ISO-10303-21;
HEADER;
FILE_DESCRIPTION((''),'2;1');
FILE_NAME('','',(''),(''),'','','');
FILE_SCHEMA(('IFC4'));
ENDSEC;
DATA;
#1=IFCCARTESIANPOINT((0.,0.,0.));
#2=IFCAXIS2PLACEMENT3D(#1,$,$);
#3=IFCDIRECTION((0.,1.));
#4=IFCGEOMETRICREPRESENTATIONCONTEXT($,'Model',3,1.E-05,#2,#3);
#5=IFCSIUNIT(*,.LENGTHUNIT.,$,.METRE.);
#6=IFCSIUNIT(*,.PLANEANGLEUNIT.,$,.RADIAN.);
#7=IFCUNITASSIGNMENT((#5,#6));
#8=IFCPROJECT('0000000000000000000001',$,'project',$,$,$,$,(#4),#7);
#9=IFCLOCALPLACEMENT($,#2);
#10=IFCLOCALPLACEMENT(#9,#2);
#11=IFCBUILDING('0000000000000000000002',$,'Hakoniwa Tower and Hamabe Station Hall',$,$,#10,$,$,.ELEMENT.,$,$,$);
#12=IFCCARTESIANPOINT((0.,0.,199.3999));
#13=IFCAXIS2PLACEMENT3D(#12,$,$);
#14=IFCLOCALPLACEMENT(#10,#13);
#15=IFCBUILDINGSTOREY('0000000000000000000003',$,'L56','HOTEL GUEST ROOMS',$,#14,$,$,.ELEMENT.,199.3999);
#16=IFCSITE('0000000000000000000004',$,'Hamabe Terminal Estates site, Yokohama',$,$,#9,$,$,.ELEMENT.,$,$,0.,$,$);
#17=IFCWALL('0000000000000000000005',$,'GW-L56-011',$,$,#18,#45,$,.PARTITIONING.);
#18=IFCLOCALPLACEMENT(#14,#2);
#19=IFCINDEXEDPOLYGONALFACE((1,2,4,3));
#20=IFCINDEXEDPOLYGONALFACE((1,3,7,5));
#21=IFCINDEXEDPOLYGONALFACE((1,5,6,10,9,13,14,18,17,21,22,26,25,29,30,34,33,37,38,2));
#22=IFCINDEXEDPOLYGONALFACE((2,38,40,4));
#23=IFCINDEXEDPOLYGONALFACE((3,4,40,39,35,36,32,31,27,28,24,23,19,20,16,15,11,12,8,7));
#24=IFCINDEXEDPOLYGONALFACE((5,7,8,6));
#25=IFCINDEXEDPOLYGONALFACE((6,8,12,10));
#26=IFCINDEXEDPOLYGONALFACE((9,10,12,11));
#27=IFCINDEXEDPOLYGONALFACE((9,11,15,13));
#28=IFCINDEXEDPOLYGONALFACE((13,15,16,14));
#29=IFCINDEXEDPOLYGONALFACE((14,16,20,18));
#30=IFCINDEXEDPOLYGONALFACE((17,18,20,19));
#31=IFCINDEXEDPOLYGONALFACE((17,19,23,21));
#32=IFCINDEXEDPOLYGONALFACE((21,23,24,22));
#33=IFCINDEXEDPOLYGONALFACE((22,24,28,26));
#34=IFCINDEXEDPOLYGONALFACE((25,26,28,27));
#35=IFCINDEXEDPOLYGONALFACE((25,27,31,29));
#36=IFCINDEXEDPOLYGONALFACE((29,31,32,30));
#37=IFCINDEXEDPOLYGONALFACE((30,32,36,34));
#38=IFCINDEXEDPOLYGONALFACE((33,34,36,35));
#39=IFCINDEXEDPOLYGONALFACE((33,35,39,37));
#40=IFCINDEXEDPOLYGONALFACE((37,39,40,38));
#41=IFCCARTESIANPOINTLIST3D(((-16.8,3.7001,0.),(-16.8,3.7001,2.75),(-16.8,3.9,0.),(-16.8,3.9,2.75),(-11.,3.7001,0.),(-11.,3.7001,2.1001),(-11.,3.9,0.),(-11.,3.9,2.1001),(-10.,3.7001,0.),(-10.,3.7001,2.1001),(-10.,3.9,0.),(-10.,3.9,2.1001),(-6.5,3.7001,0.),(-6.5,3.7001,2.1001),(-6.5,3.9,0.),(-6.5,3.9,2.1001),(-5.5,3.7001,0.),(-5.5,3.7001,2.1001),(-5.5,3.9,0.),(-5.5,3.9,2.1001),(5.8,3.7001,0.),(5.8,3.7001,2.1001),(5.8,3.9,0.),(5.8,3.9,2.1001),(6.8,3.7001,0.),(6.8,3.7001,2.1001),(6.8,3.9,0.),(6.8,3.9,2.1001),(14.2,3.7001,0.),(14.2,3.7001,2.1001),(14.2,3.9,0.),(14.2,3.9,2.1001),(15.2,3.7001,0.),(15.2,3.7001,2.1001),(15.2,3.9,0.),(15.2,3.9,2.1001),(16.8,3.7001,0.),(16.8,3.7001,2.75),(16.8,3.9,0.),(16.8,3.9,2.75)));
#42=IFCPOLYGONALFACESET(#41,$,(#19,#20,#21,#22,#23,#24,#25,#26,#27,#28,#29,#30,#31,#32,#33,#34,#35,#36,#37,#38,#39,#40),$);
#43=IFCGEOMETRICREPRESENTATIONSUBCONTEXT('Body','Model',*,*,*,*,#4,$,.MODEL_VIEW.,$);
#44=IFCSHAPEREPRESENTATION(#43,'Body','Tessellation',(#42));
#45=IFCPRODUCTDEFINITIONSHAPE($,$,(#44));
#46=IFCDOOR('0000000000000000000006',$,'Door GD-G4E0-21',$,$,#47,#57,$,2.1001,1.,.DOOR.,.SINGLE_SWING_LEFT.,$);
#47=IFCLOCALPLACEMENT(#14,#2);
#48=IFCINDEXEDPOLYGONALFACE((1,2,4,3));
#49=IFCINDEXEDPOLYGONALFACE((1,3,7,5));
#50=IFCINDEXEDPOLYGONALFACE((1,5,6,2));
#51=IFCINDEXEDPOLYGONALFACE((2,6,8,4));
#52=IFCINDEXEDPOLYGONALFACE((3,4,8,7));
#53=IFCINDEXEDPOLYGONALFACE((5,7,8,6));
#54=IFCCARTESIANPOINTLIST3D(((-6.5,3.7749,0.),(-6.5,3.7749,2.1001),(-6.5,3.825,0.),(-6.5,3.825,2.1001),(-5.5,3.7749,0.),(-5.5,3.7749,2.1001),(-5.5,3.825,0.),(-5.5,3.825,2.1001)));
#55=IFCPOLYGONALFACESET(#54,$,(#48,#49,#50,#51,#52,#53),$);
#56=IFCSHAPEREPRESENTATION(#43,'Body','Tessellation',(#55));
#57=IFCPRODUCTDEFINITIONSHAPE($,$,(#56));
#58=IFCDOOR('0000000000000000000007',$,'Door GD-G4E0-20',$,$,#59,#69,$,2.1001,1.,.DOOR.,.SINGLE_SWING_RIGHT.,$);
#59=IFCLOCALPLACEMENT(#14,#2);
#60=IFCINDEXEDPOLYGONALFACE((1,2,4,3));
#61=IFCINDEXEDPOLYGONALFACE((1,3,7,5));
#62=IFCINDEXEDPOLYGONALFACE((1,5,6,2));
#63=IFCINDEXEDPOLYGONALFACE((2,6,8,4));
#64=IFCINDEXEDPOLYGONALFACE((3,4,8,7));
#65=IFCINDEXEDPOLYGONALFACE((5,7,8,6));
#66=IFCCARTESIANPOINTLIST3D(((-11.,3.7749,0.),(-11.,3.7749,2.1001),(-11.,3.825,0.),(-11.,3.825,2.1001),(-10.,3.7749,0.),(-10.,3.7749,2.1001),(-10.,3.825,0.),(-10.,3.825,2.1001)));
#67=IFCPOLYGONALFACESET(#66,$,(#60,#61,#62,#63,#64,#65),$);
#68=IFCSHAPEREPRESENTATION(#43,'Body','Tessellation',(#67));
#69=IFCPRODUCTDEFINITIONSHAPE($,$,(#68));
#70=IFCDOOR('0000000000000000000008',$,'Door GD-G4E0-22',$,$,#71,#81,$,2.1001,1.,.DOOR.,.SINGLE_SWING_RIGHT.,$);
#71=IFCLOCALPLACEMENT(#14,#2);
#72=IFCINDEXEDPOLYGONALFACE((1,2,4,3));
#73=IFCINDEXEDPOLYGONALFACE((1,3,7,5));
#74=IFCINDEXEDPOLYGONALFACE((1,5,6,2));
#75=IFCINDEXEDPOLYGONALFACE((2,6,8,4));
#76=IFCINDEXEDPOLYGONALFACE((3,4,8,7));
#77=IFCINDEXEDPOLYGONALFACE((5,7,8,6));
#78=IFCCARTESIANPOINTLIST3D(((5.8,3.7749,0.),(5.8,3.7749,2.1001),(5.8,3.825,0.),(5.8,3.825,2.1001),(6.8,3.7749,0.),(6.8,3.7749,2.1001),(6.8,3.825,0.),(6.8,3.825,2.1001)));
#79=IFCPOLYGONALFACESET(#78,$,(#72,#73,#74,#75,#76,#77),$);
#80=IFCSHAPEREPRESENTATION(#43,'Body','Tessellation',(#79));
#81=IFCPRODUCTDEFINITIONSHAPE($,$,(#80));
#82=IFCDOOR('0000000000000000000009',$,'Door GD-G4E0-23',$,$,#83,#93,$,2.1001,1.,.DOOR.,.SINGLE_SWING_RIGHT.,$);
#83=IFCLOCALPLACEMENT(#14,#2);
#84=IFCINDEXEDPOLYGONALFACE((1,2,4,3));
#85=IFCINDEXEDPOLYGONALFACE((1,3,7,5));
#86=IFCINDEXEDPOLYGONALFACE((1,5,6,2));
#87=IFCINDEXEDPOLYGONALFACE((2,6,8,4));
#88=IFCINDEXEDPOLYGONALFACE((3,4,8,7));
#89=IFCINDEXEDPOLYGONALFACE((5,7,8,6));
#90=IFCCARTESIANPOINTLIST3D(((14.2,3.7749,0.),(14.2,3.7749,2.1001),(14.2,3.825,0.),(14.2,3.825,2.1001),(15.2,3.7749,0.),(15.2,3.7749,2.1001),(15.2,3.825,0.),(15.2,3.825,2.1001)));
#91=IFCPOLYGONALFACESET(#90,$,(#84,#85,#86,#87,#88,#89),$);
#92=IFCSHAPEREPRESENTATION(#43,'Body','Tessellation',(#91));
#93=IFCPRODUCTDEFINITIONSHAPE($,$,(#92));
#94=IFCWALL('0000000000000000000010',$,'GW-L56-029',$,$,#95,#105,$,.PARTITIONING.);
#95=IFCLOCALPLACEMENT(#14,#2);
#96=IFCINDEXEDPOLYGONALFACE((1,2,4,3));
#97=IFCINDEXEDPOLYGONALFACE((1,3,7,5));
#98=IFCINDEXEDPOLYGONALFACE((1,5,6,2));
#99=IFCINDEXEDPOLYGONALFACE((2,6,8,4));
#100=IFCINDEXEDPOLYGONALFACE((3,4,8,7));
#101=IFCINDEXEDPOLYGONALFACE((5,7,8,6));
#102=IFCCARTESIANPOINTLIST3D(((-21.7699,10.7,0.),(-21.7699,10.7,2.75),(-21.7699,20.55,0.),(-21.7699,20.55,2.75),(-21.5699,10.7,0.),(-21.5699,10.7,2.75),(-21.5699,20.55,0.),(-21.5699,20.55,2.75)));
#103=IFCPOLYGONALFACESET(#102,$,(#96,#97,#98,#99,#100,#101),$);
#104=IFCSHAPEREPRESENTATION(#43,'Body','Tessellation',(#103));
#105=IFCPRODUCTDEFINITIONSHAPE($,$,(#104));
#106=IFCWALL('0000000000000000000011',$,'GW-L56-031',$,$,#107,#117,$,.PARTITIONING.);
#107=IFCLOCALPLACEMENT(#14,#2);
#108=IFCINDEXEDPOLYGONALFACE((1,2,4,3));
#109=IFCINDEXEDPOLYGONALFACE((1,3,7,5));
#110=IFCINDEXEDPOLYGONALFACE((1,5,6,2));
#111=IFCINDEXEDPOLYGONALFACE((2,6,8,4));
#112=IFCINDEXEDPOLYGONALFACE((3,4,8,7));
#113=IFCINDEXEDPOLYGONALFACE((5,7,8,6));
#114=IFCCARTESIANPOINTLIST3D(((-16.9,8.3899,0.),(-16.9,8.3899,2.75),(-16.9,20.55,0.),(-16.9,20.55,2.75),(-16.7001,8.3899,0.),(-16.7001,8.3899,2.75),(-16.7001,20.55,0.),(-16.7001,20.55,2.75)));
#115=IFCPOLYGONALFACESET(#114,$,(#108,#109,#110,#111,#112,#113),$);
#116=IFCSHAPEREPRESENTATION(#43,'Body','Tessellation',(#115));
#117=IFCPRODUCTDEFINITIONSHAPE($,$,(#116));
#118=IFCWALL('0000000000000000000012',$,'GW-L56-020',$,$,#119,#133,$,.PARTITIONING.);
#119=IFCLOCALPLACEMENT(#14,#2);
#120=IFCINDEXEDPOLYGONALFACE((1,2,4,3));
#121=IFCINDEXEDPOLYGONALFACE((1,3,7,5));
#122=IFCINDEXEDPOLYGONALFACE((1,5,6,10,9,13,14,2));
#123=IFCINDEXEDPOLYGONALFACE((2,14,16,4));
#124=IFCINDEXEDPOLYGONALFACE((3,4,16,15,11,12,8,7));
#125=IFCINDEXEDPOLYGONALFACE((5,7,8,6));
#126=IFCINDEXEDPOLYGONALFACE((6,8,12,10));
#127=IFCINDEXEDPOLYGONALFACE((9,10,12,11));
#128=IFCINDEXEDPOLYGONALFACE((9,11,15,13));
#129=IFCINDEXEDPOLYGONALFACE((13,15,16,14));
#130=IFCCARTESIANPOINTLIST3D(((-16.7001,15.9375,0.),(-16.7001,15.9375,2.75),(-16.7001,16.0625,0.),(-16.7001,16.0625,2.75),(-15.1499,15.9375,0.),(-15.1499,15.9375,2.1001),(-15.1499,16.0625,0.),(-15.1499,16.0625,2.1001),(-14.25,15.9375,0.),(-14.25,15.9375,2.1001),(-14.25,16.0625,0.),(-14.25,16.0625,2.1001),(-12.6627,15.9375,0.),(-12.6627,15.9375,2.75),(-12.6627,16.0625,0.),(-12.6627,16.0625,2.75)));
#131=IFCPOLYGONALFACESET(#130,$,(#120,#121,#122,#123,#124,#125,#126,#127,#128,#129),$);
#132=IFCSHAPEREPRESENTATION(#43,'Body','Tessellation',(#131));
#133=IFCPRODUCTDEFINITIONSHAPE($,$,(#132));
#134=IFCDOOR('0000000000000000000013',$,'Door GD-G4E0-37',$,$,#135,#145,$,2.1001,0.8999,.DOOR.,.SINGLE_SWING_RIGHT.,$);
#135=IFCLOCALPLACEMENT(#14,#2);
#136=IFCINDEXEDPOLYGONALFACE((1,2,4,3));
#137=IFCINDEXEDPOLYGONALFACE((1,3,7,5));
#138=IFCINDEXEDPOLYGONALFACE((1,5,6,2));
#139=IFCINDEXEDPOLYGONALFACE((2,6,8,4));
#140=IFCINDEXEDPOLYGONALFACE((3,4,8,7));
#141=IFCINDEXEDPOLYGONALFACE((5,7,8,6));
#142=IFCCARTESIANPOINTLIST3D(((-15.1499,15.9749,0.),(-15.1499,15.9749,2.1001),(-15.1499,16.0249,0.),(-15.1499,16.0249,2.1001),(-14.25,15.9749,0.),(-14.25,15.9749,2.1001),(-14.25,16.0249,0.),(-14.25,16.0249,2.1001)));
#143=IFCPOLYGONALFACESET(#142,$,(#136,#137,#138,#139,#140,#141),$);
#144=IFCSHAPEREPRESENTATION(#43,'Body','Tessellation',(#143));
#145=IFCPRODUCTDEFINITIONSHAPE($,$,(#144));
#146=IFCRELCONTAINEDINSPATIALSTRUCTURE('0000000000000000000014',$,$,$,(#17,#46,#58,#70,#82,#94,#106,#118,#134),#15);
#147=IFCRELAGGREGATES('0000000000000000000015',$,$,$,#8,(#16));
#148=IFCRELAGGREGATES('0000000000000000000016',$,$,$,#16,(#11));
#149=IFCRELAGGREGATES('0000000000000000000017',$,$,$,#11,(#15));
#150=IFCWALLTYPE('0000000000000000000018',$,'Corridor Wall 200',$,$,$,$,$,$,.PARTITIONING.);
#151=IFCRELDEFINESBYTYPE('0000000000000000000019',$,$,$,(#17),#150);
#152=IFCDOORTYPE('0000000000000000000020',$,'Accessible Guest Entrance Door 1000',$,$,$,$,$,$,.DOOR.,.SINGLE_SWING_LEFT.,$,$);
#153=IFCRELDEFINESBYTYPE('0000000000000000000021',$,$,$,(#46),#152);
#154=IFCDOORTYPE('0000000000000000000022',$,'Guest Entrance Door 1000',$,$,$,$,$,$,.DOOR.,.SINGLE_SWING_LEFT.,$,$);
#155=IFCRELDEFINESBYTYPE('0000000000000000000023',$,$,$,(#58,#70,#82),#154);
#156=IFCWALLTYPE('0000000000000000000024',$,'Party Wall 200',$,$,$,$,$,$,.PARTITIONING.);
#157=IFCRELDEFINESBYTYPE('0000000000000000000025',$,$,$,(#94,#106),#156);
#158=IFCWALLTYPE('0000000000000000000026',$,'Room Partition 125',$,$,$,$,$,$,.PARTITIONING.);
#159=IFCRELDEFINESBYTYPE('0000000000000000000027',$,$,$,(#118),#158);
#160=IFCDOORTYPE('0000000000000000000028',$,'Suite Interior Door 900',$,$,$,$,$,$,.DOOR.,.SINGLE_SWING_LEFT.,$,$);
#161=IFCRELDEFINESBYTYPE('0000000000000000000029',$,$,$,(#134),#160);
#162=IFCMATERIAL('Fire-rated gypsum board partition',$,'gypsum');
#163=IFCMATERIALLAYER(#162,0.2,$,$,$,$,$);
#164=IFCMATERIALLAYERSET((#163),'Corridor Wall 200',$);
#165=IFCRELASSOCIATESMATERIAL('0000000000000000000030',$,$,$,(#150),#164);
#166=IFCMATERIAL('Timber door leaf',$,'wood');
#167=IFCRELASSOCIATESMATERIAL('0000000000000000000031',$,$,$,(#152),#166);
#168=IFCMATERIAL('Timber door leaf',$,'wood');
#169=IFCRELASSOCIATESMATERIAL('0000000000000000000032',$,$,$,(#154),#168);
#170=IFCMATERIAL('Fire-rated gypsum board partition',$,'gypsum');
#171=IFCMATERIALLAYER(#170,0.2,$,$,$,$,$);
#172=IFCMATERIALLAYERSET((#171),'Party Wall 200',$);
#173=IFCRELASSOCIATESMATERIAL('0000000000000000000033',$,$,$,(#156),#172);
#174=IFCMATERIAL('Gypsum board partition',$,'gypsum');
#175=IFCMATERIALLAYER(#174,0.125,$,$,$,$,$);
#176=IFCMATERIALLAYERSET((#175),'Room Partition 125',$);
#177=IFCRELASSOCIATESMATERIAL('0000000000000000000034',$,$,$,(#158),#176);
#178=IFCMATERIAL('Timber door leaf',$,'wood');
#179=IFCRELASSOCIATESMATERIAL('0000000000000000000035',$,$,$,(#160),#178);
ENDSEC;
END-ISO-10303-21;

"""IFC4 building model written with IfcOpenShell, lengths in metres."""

from ifc_helpers import new_model, si_unit, direction, frame, frame_2d, origin, place, context, subcontext, project, spatial, rectangle, extrude, material, layer, layer_set, type_object, element, fill, save


model = new_model("IFC4")

# Units and contexts
model_context = context("Model", 3, precision=1e-05, world=origin(), true_north=direction((0.0, 1.0)))
body_context = subcontext(model_context, "Body", "Model", "MODEL_VIEW")
ifc_project = project(units=[si_unit("LENGTHUNIT", "METRE"), si_unit("PLANEANGLEUNIT", "RADIAN")], contexts=[model_context])

# Site, building, storey
site_placement = place(None, origin())
site = spatial("IfcSite", under=ifc_project, at=site_placement, Name="Hamabe Terminal Estates site, Yokohama", CompositionType="ELEMENT", RefElevation=0.0)
building_placement = place(site_placement, origin())
building = spatial("IfcBuilding", under=site, at=building_placement, Name="Hakoniwa Tower and Hamabe Station Hall", CompositionType="ELEMENT")
storey_placement = place(building_placement, frame((0.0, 0.0, 199.3999)))
storey = spatial("IfcBuildingStorey", under=building, at=storey_placement, Name="L56", Description="HOTEL GUEST ROOMS", CompositionType="ELEMENT", Elevation=199.3999)

# Wall, openings, doors
ifc_material_1 = material(Name="Fire-rated gypsum board partition", Category="gypsum")
ifc_layer_1 = layer(ifc_material_1, 0.2)
ifc_layer_set_1 = layer_set([ifc_layer_1], Name="Corridor Wall 200")
wall_type_1 = type_object("IfcWallType", Name="Corridor Wall 200", PredefinedType="PARTITIONING", material=ifc_layer_set_1)
ifc_material_2 = material(Name="Timber door leaf", Category="wood")
door_type_1 = type_object("IfcDoorType", Name="Accessible Guest Entrance Door 1000", OperationType="SINGLE_SWING_LEFT", PredefinedType="DOOR", material=ifc_material_2)
ifc_material_3 = material(Name="Timber door leaf", Category="wood")
door_type_2 = type_object("IfcDoorType", Name="Guest Entrance Door 1000", OperationType="SINGLE_SWING_LEFT", PredefinedType="DOOR", material=ifc_material_3)
wall_1_placement = place(storey_placement, frame((-16.8, 3.8, 0.0), z_axis=(0.0, 0.0, 1.0), x_axis=(1.0, 0.0, 0.0)))
wall_1 = element("IfcWall", 1, at=wall_1_placement, inside=storey, type_object=wall_type_1, Name="GW-L56-011", PredefinedType="PARTITIONING", context=body_context, shape_type="SweptSolid", body=[
    extrude(rectangle(XDim=33.6001, YDim=0.2, at=frame_2d((16.8, 0.0))), origin(), (0.0, 0.0, 1.0), 2.75),
])
opening_1_placement = place(wall_1_placement, frame((5.8, 0.0, 0.0)))
opening_1 = element("IfcOpeningElement", 2, at=opening_1_placement, cuts=wall_1, PredefinedType="OPENING", context=body_context, shape_type="SweptSolid", body=[
    extrude(rectangle(XDim=1.0, YDim=2.1001, at=frame_2d((0.5, 1.05))), frame((0.0, 0.1099, 0.0), z_axis=(0.0, -1.0, 0.0), x_axis=(1.0, 0.0, 0.0)), (0.0, 0.0, 1.0), 0.22),
])
opening_2_placement = place(wall_1_placement, frame((10.3, 0.0, 0.0)))
opening_2 = element("IfcOpeningElement", 3, at=opening_2_placement, cuts=wall_1, PredefinedType="OPENING", context=body_context, shape_type="SweptSolid", body=[
    extrude(rectangle(XDim=1.0, YDim=2.1001, at=frame_2d((0.5, 1.05))), frame((0.0, 0.1099, 0.0), z_axis=(0.0, -1.0, 0.0), x_axis=(1.0, 0.0, 0.0)), (0.0, 0.0, 1.0), 0.22),
])
opening_3_placement = place(wall_1_placement, frame((22.6001, 0.0, 0.0)))
opening_3 = element("IfcOpeningElement", 4, at=opening_3_placement, cuts=wall_1, PredefinedType="OPENING", context=body_context, shape_type="SweptSolid", body=[
    extrude(rectangle(XDim=1.0, YDim=2.1001, at=frame_2d((0.5, 1.05))), frame((0.0, 0.1099, 0.0), z_axis=(0.0, -1.0, 0.0), x_axis=(1.0, 0.0, 0.0)), (0.0, 0.0, 1.0), 0.22),
])
opening_4_placement = place(wall_1_placement, frame((31.0, 0.0, 0.0)))
opening_4 = element("IfcOpeningElement", 5, at=opening_4_placement, cuts=wall_1, PredefinedType="OPENING", context=body_context, shape_type="SweptSolid", body=[
    extrude(rectangle(XDim=1.0, YDim=2.1001, at=frame_2d((0.5, 1.05))), frame((0.0, 0.1099, 0.0), z_axis=(0.0, -1.0, 0.0), x_axis=(1.0, 0.0, 0.0)), (0.0, 0.0, 1.0), 0.22),
])
door_1_placement = place(opening_2_placement, origin())
door_1 = element("IfcDoor", 6, at=door_1_placement, inside=storey, type_object=door_type_1, Name="Door GD-G4E0-21", OperationType="SINGLE_SWING_LEFT", OverallHeight=2.1001, OverallWidth=1.0, PredefinedType="DOOR", context=body_context, shape_type="SweptSolid", body=[
    extrude(rectangle(XDim=1.0, YDim=2.1001, at=frame_2d((0.5, 1.05))), frame((0.0, 0.0249, 0.0), z_axis=(0.0, -1.0, 0.0), x_axis=(1.0, 0.0, 0.0)), (0.0, 0.0, 1.0), 0.05),
])
fill(opening_2, door_1)
door_2_placement = place(opening_1_placement, origin())
door_2 = element("IfcDoor", 7, at=door_2_placement, inside=storey, type_object=door_type_2, Name="Door GD-G4E0-20", OperationType="SINGLE_SWING_RIGHT", OverallHeight=2.1001, OverallWidth=1.0, PredefinedType="DOOR", context=body_context, shape_type="SweptSolid", body=[
    extrude(rectangle(XDim=1.0, YDim=2.1001, at=frame_2d((0.5, 1.05))), frame((0.0, 0.0249, 0.0), z_axis=(0.0, -1.0, 0.0), x_axis=(1.0, 0.0, 0.0)), (0.0, 0.0, 1.0), 0.05),
])
fill(opening_1, door_2)
door_3_placement = place(opening_3_placement, origin())
door_3 = element("IfcDoor", 8, at=door_3_placement, inside=storey, type_object=door_type_2, Name="Door GD-G4E0-22", OperationType="SINGLE_SWING_RIGHT", OverallHeight=2.1001, OverallWidth=1.0, PredefinedType="DOOR", context=body_context, shape_type="SweptSolid", body=[
    extrude(rectangle(XDim=1.0, YDim=2.1001, at=frame_2d((0.5, 1.05))), frame((0.0, 0.0249, 0.0), z_axis=(0.0, -1.0, 0.0), x_axis=(1.0, 0.0, 0.0)), (0.0, 0.0, 1.0), 0.05),
])
fill(opening_3, door_3)
door_4_placement = place(opening_4_placement, origin())
door_4 = element("IfcDoor", 9, at=door_4_placement, inside=storey, type_object=door_type_2, Name="Door GD-G4E0-23", OperationType="SINGLE_SWING_RIGHT", OverallHeight=2.1001, OverallWidth=1.0, PredefinedType="DOOR", context=body_context, shape_type="SweptSolid", body=[
    extrude(rectangle(XDim=1.0, YDim=2.1001, at=frame_2d((0.5, 1.05))), frame((0.0, 0.0249, 0.0), z_axis=(0.0, -1.0, 0.0), x_axis=(1.0, 0.0, 0.0)), (0.0, 0.0, 1.0), 0.05),
])
fill(opening_4, door_4)

# Walls
ifc_material_4 = material(Name="Fire-rated gypsum board partition", Category="gypsum")
ifc_layer_2 = layer(ifc_material_4, 0.2)
ifc_layer_set_2 = layer_set([ifc_layer_2], Name="Party Wall 200")
wall_type_2 = type_object("IfcWallType", Name="Party Wall 200", PredefinedType="PARTITIONING", material=ifc_layer_set_2)
wall_2_placement = place(storey_placement, frame((-21.6699, 10.7, 0.0), z_axis=(0.0, 0.0, 1.0), x_axis=(0.0, 1.0, 0.0)))
element("IfcWall", 10, at=wall_2_placement, inside=storey, type_object=wall_type_2, Name="GW-L56-029", PredefinedType="PARTITIONING", context=body_context, shape_type="SweptSolid", body=[
    extrude(rectangle(XDim=9.8501, YDim=0.2, at=frame_2d((4.925, 0.0))), origin(), (0.0, 0.0, 1.0), 2.75),
])
wall_3_placement = place(storey_placement, frame((-16.8, 8.3899, 0.0), z_axis=(0.0, 0.0, 1.0), x_axis=(0.0, 1.0, 0.0)))
element("IfcWall", 11, at=wall_3_placement, inside=storey, type_object=wall_type_2, Name="GW-L56-031", PredefinedType="PARTITIONING", context=body_context, shape_type="SweptSolid", body=[
    extrude(rectangle(XDim=12.1602, YDim=0.2, at=frame_2d((6.0801, 0.0))), origin(), (0.0, 0.0, 1.0), 2.75),
])

# Wall, opening, door
ifc_material_5 = material(Name="Gypsum board partition", Category="gypsum")
ifc_layer_3 = layer(ifc_material_5, 0.125)
ifc_layer_set_3 = layer_set([ifc_layer_3], Name="Room Partition 125")
wall_type_3 = type_object("IfcWallType", Name="Room Partition 125", PredefinedType="PARTITIONING", material=ifc_layer_set_3)
wall_4_placement = place(storey_placement, frame((-16.7, 16.0, 0.0), z_axis=(0.0, 0.0, 1.0), x_axis=(1.0, 0.0, 0.0)))
wall_4 = element("IfcWall", 12, at=wall_4_placement, inside=storey, type_object=wall_type_3, Name="GW-L56-020", PredefinedType="PARTITIONING", context=body_context, shape_type="SweptSolid", body=[
    extrude(rectangle(XDim=4.0374, YDim=0.125, at=frame_2d((2.0186, 0.0))), origin(), (0.0, 0.0, 1.0), 2.75),
])
opening_5_placement = place(wall_4_placement, frame((1.55, 0.0, 0.0)))
opening_5 = element("IfcOpeningElement", 13, at=opening_5_placement, cuts=wall_4, PredefinedType="OPENING", context=body_context, shape_type="SweptSolid", body=[
    extrude(rectangle(XDim=0.8999, YDim=2.1001, at=frame_2d((0.45, 1.05))), frame((0.0, 0.0725, 0.0), z_axis=(0.0, -1.0, 0.0), x_axis=(1.0, 0.0, 0.0)), (0.0, 0.0, 1.0), 0.145),
])
ifc_material_6 = material(Name="Timber door leaf", Category="wood")
door_type_3 = type_object("IfcDoorType", Name="Suite Interior Door 900", OperationType="SINGLE_SWING_LEFT", PredefinedType="DOOR", material=ifc_material_6)
door_5_placement = place(opening_5_placement, origin())
door_5 = element("IfcDoor", 14, at=door_5_placement, inside=storey, type_object=door_type_3, Name="Door GD-G4E0-37", OperationType="SINGLE_SWING_RIGHT", OverallHeight=2.1001, OverallWidth=0.8999, PredefinedType="DOOR", context=body_context, shape_type="SweptSolid", body=[
    extrude(rectangle(XDim=0.8999, YDim=2.1001, at=frame_2d((0.45, 1.05))), frame((0.0, 0.0249, 0.0), z_axis=(0.0, -1.0, 0.0), x_axis=(1.0, 0.0, 0.0)), (0.0, 0.0, 1.0), 0.05),
])
fill(opening_5, door_5)

save(model, "model.ifc")
